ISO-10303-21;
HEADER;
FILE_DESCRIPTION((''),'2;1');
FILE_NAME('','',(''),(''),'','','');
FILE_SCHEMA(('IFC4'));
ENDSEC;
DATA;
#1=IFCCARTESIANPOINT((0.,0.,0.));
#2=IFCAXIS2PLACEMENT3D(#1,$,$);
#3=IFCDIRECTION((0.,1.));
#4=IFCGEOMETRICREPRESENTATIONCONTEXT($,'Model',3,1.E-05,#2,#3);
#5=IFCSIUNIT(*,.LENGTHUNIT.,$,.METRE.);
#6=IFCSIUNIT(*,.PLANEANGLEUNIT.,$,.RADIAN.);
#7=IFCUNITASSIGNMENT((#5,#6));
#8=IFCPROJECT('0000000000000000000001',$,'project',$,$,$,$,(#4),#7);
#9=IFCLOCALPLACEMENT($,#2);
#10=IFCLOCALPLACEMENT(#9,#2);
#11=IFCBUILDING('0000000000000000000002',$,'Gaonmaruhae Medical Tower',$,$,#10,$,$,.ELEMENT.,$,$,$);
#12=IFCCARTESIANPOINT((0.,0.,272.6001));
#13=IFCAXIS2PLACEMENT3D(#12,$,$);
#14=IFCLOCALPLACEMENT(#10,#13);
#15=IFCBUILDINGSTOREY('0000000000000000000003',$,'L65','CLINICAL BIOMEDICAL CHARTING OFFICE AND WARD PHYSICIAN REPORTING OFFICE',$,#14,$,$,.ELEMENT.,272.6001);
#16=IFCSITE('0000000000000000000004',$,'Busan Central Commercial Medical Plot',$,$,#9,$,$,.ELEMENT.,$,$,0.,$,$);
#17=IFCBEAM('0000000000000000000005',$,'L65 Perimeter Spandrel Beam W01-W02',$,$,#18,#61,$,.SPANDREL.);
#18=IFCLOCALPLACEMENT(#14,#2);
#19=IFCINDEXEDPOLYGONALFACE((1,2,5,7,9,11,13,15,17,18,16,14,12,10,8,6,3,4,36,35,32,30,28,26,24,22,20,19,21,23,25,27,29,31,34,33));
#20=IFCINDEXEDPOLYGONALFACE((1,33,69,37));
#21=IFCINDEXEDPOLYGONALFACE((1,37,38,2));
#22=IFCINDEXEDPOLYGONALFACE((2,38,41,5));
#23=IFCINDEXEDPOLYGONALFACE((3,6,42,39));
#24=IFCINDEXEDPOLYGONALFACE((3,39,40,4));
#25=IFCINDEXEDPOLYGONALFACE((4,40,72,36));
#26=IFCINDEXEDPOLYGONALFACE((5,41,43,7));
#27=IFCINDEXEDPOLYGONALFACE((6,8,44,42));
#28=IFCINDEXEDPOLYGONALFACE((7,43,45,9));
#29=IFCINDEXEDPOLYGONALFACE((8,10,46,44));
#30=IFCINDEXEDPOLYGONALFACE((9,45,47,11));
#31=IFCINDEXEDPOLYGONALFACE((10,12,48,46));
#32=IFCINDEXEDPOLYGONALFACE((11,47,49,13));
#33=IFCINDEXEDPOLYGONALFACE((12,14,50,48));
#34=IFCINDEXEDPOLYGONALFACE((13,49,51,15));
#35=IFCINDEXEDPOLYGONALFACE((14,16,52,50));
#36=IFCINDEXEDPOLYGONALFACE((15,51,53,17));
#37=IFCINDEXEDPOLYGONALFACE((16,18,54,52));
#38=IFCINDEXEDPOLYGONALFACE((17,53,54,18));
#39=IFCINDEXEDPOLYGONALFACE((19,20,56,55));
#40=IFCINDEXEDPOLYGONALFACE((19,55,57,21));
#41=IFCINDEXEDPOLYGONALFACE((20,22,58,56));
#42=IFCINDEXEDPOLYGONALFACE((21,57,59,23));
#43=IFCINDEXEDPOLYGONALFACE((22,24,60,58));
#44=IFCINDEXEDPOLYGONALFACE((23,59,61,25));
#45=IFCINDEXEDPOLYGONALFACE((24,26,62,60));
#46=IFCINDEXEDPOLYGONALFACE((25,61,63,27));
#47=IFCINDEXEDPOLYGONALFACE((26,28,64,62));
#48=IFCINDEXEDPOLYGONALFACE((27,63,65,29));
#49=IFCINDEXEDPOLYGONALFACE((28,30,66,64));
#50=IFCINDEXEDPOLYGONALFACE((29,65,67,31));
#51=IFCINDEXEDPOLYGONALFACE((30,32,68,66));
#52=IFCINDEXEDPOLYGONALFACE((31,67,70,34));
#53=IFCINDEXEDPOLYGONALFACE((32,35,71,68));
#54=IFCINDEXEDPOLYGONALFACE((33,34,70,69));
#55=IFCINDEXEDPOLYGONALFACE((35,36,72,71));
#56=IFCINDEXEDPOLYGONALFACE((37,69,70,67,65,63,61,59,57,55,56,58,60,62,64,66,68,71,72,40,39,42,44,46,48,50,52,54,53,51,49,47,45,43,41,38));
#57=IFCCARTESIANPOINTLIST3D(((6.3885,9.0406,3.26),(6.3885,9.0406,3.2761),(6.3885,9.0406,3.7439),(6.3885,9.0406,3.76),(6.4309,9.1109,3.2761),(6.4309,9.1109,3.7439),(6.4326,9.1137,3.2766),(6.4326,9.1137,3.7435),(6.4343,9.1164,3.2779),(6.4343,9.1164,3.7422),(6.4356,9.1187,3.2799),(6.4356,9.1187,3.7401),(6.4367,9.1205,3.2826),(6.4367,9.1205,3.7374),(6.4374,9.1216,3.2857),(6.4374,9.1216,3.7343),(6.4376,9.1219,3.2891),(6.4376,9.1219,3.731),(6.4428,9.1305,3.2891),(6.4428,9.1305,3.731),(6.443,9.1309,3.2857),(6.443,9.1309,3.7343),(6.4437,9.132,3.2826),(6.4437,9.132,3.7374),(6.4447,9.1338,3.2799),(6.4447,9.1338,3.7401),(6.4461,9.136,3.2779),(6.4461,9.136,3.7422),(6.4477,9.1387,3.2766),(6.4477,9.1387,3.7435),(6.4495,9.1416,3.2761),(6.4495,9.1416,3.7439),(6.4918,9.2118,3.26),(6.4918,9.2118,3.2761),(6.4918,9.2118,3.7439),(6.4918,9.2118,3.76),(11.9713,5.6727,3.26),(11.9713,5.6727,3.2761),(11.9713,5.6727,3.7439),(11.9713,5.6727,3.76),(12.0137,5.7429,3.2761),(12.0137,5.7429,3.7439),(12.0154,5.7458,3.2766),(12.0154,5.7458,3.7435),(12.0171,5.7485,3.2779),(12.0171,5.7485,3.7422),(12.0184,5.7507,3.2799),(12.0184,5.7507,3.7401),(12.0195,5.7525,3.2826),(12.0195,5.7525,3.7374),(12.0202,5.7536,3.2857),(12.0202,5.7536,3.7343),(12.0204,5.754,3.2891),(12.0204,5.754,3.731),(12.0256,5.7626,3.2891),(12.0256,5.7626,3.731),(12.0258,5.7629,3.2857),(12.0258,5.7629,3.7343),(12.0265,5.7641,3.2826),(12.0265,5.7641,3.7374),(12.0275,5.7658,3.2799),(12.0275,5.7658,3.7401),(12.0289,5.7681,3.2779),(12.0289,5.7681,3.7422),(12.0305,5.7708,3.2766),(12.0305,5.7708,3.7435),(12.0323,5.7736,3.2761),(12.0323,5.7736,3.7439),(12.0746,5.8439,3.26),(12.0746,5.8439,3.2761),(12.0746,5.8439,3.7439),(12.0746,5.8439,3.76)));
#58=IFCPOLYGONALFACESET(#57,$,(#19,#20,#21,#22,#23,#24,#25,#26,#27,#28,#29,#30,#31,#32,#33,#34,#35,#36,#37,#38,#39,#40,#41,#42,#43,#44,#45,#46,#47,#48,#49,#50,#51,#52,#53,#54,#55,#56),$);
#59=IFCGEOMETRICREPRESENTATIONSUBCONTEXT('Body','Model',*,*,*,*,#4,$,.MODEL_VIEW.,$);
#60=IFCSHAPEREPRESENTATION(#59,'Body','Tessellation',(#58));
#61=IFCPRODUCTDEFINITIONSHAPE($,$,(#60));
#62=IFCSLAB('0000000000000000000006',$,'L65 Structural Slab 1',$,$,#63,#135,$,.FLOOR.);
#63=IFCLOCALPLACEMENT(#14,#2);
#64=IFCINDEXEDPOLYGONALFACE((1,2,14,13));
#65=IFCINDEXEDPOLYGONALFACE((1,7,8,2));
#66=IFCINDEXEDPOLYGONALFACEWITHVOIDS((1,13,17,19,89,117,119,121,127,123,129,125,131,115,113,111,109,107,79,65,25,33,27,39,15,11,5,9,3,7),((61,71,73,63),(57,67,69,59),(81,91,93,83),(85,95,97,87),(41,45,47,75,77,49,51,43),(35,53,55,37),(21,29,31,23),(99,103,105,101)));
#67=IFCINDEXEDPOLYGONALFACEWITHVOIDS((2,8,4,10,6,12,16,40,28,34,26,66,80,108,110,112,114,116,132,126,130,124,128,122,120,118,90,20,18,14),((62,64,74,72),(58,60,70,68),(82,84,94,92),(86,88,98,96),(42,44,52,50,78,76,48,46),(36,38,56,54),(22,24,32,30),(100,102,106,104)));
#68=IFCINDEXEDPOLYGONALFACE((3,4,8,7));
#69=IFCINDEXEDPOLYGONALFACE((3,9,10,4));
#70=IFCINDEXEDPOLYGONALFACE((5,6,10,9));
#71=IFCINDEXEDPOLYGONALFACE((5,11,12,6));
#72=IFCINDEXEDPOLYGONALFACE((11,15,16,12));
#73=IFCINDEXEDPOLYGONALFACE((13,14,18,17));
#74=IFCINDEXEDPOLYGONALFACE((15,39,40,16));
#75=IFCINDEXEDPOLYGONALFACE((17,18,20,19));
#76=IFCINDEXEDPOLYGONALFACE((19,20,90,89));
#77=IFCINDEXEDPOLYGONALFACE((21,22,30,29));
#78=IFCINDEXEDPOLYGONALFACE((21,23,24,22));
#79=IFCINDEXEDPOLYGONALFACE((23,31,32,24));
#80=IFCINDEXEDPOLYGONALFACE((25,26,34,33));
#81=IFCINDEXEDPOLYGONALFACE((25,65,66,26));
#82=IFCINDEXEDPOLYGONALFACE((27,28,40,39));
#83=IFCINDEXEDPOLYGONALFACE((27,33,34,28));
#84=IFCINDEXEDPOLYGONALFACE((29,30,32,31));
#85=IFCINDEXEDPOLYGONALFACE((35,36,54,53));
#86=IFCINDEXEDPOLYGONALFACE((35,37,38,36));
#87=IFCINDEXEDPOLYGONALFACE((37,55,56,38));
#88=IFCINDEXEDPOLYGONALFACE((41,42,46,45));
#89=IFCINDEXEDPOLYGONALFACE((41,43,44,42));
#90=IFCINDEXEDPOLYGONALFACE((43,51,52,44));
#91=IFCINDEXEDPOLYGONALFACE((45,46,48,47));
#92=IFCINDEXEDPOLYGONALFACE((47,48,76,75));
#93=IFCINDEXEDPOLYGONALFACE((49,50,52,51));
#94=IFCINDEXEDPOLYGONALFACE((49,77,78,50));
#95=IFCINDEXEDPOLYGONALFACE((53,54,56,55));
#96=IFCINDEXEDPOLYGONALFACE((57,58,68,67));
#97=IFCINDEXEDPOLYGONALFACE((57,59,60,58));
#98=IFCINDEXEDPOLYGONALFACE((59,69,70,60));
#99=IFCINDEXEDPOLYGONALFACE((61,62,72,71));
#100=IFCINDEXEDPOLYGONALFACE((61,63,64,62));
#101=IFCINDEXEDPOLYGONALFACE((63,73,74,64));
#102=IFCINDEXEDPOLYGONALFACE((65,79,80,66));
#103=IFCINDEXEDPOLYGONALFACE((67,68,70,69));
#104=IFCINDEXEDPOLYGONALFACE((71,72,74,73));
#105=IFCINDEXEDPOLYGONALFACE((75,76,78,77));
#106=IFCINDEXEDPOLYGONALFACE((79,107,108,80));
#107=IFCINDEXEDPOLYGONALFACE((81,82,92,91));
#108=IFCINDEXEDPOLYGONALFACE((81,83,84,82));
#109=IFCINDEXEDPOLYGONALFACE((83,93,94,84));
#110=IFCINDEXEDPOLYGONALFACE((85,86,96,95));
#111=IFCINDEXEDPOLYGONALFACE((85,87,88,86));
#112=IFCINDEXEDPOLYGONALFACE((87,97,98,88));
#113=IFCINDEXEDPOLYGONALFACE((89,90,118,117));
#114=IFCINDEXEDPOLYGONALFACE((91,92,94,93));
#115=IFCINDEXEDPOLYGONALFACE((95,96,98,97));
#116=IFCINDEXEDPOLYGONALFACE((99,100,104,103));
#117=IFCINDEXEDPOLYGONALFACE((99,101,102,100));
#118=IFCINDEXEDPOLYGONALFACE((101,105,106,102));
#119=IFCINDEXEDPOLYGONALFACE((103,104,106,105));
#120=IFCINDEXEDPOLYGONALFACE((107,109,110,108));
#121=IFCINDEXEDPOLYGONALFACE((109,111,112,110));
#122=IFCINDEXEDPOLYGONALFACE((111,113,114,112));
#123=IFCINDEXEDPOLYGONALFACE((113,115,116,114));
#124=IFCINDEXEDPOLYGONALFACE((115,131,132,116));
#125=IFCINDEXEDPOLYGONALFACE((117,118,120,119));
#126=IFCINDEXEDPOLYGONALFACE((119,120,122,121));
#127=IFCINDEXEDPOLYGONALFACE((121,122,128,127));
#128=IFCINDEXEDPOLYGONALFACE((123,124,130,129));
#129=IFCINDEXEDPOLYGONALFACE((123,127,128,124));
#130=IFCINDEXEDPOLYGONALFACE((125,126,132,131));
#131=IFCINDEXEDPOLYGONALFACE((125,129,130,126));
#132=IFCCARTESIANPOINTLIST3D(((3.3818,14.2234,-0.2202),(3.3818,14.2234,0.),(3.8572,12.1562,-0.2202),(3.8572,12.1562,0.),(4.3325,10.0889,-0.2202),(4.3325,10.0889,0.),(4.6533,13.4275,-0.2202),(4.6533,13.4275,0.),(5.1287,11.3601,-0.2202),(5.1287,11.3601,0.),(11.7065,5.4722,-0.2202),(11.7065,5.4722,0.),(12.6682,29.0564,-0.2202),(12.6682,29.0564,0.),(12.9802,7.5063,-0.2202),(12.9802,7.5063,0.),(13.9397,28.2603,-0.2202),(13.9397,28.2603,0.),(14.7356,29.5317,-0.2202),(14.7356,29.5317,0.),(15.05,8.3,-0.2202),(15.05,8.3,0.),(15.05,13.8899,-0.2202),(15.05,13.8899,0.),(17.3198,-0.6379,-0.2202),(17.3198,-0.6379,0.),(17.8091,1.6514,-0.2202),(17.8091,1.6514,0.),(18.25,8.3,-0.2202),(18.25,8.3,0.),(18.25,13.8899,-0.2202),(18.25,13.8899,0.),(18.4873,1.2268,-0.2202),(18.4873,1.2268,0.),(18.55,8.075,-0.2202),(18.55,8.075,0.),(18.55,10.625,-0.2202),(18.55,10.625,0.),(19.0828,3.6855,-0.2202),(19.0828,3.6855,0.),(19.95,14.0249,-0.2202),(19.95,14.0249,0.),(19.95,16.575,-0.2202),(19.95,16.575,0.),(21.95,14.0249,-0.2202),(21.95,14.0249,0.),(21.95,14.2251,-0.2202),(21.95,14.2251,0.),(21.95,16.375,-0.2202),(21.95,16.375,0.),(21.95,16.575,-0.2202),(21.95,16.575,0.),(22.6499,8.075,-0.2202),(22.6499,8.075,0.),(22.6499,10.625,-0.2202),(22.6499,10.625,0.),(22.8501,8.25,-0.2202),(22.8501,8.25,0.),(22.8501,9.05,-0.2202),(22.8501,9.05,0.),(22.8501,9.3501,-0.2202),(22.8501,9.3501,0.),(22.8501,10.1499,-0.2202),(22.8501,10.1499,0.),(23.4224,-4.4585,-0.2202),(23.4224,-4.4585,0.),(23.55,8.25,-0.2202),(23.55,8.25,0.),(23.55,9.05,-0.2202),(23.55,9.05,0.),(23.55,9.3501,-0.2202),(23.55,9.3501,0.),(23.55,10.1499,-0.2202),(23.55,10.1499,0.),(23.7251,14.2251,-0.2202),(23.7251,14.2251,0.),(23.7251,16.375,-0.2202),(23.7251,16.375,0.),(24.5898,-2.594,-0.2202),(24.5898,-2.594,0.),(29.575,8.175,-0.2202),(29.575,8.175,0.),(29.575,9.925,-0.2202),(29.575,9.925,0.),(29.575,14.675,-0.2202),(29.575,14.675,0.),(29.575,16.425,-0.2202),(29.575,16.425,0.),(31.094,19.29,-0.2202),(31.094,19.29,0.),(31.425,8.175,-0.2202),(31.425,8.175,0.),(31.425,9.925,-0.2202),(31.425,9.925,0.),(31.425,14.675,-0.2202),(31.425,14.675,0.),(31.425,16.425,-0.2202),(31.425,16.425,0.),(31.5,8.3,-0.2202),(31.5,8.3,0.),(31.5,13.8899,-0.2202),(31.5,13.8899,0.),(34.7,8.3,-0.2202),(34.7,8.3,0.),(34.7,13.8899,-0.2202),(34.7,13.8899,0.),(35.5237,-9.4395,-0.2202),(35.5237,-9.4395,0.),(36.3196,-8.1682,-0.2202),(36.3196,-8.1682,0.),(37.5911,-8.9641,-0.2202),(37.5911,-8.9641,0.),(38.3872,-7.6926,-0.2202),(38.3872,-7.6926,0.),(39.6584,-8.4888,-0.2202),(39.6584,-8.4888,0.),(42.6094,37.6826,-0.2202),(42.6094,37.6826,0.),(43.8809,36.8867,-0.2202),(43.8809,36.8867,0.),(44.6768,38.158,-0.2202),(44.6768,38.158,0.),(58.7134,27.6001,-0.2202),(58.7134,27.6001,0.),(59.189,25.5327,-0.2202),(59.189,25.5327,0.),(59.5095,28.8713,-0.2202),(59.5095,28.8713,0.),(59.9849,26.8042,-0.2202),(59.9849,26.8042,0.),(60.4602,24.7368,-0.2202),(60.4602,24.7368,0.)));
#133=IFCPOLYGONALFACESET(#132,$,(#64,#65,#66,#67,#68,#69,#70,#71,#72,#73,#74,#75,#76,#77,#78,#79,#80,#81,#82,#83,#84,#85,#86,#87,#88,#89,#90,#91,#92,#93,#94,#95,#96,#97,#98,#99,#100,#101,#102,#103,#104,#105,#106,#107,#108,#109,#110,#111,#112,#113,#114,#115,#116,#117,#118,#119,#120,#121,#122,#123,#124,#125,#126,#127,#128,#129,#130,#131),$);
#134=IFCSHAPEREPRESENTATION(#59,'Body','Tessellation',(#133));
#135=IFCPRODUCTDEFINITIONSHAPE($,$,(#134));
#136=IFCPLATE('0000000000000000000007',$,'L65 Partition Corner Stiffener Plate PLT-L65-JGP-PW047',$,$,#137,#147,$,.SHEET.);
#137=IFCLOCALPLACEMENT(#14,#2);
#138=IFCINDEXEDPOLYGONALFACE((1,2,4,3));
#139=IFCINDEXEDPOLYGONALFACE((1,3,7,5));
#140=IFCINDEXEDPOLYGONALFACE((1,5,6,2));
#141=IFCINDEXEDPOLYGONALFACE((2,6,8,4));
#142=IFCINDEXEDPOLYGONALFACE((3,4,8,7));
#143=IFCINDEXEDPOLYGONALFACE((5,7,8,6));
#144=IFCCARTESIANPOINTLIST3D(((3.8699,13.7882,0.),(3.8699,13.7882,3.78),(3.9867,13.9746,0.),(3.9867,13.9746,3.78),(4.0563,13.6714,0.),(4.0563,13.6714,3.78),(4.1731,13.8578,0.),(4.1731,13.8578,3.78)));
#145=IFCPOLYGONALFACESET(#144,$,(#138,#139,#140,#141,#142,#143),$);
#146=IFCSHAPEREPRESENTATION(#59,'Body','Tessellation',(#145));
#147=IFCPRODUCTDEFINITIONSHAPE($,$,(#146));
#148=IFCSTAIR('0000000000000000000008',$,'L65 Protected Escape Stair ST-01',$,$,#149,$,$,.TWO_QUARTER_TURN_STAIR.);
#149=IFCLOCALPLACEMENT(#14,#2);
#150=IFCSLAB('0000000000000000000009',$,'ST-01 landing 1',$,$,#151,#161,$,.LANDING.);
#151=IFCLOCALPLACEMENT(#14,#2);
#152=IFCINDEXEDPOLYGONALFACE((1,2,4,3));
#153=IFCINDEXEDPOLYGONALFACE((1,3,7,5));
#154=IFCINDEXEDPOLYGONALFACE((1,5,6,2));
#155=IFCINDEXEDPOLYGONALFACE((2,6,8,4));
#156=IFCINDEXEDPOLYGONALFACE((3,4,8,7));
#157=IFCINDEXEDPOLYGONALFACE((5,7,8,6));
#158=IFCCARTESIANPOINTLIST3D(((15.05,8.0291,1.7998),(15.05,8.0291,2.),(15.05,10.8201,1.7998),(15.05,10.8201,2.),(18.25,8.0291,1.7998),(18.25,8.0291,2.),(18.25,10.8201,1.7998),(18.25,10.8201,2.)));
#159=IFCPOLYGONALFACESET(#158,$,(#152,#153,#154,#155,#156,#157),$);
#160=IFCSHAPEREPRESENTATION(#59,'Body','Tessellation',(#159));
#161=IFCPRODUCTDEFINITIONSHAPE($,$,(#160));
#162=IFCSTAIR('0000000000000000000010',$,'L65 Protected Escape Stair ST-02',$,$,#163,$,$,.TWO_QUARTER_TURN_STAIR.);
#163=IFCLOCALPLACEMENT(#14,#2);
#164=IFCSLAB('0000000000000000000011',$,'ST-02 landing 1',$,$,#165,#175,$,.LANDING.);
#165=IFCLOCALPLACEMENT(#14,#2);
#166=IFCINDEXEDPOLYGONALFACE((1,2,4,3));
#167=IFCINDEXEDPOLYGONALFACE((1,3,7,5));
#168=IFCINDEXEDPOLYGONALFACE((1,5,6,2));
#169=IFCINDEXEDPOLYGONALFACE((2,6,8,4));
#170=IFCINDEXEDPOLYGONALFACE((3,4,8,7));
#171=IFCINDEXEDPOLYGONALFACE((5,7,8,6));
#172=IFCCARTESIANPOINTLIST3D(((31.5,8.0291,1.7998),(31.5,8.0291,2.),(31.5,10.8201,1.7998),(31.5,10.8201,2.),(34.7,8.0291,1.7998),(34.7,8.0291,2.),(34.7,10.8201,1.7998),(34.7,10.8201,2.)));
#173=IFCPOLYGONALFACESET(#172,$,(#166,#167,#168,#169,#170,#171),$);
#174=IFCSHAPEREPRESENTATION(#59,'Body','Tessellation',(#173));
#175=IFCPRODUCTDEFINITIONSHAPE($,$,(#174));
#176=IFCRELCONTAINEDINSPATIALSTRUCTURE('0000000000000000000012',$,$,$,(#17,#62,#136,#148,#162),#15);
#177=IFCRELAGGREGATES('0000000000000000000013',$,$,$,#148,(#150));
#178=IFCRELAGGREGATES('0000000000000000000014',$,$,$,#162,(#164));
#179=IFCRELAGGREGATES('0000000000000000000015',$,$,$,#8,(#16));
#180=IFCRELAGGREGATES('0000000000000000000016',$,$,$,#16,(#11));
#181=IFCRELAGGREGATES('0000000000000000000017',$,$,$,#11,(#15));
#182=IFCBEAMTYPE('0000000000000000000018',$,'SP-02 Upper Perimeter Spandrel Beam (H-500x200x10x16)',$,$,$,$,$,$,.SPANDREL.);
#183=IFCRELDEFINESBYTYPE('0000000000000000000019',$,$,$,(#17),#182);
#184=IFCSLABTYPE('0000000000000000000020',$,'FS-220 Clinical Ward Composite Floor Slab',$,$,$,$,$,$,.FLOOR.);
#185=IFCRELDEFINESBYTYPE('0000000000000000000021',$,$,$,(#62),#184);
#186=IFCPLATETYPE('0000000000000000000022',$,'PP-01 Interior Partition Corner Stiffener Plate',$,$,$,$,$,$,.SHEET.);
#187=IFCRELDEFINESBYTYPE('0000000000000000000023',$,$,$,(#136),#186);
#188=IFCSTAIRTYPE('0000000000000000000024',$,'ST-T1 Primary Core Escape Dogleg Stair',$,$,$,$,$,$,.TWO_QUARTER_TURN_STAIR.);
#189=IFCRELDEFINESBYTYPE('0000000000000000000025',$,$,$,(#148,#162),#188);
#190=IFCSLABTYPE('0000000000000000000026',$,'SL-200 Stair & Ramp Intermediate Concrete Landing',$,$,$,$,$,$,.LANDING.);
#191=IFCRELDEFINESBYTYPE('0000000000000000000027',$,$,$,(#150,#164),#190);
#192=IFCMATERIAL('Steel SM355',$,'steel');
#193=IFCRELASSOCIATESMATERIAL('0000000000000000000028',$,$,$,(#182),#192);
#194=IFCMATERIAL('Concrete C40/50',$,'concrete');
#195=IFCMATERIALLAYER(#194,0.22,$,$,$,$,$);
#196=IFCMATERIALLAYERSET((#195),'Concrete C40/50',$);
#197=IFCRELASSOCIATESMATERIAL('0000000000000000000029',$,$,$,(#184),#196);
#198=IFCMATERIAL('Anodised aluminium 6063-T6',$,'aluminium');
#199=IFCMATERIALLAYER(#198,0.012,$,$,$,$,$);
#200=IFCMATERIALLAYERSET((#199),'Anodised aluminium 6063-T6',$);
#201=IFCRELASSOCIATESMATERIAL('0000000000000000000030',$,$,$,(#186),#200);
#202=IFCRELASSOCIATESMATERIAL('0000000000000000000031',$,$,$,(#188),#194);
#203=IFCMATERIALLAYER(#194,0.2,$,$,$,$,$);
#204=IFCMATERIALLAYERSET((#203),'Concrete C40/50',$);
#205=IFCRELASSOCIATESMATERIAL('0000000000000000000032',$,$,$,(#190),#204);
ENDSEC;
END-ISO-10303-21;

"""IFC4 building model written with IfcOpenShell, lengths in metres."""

from ifc_helpers import new_model, si_unit, direction, frame, origin, origin_2d, place, context, subcontext, project, spatial, polyline, rectangle, i_section, outline, extrude, material, layer, layer_set, material_profile, profile_set, type_object, element, aggregate, save


model = new_model("IFC4")

# Units and contexts
model_context = context("Model", 3, precision=1e-05, world=origin(), true_north=direction((0.0, 1.0)))
body_context = subcontext(model_context, "Body", "Model", "MODEL_VIEW")
ifc_project = project(units=[si_unit("LENGTHUNIT", "METRE"), si_unit("PLANEANGLEUNIT", "RADIAN")], contexts=[model_context])

# Site, building, storey
site_placement = place(None, origin())
site = spatial("IfcSite", under=ifc_project, at=site_placement, Name="Busan Central Commercial Medical Plot", CompositionType="ELEMENT", RefElevation=0.0)
building_placement = place(site_placement, origin())
building = spatial("IfcBuilding", under=site, at=building_placement, Name="Gaonmaruhae Medical Tower", CompositionType="ELEMENT")
storey_placement = place(building_placement, frame((0.0, 0.0, 272.6001)))
storey = spatial("IfcBuildingStorey", under=building, at=storey_placement, Name="L65", Description="CLINICAL BIOMEDICAL CHARTING OFFICE AND WARD PHYSICIAN REPORTING OFFICE", CompositionType="ELEMENT", Elevation=272.6001)

# Beam
ifc_material_1 = material(Name="Steel SM355", Category="steel")
ifc_material_profile_1 = material_profile(ifc_material_1, i_section(OverallWidth=0.2, OverallDepth=0.5, WebThickness=0.01, FlangeThickness=0.0161, FilletRadius=0.0129, at=origin_2d()), Name="H-500x200x10x16")
ifc_profile_set_1 = profile_set([ifc_material_profile_1], Name="Steel SM355")
beam_type_1 = type_object("IfcBeamType", Name="SP-02 Upper Perimeter Spandrel Beam (H-500x200x10x16)", PredefinedType="SPANDREL", material=ifc_profile_set_1)
beam_1_placement = place(storey_placement, frame((6.4402, 9.1262, 3.51), z_axis=(0.856255, -0.516554, 0.0), x_axis=(0.516554, 0.856255, 0.0)))
element("IfcBeam", 1, at=beam_1_placement, inside=storey, type_object=beam_type_1, Name="L65 Perimeter Spandrel Beam W01-W02", PredefinedType="SPANDREL", context=body_context, shape_type="SweptSolid", body=[
    extrude(i_section(OverallWidth=0.2, OverallDepth=0.5, WebThickness=0.01, FlangeThickness=0.0161, FilletRadius=0.0129, at=origin_2d()), origin(), (0.0, 0.0, 1.0), 6.52),
])

# Slab
ifc_material_2 = material(Name="Concrete C40/50", Category="concrete")
ifc_layer_1 = layer(ifc_material_2, 0.22)
ifc_layer_set_1 = layer_set([ifc_layer_1], Name="Concrete C40/50")
slab_type_1 = type_object("IfcSlabType", Name="FS-220 Clinical Ward Composite Floor Slab", PredefinedType="FLOOR", material=ifc_layer_set_1)
slab_1_placement = place(storey_placement, frame((0.0, 0.0, -0.2202)))
element("IfcSlab", 2, at=slab_1_placement, inside=storey, type_object=slab_type_1, Name="L65 Structural Slab 1", PredefinedType="FLOOR", context=body_context, shape_type="SweptSolid", body=[
    extrude(outline(polyline([(5.1287, 11.3601), (3.8572, 12.1562), (4.6533, 13.4275), (3.3818, 14.2234), (12.6682, 29.0564), (13.9397, 28.2603), (14.7356, 29.5317), (31.094, 19.29), (42.6094, 37.6826), (43.8809, 36.8867), (44.6768, 38.158), (59.5095, 28.8713), (58.7134, 27.6001), (59.9849, 26.8042), (59.189, 25.5327), (60.4602, 24.7368), (39.6584, -8.4888), (38.3872, -7.6926), (37.5911, -8.9641), (36.3196, -8.1682), (35.5237, -9.4395), (24.5898, -2.594), (23.4224, -4.4585), (17.3198, -0.6379), (18.4873, 1.2268), (17.8091, 1.6514), (19.0828, 3.6855), (12.9802, 7.5063), (11.7065, 5.4722), (4.3325, 10.0889), (5.1287, 11.3601)]), holes=[polyline([(23.55, 8.25), (22.8501, 8.25), (22.8501, 9.05), (23.55, 9.05), (23.55, 8.25)]), polyline([(29.575, 9.925), (31.425, 9.925), (31.425, 8.175), (29.575, 8.175), (29.575, 9.925)]), polyline([(18.55, 10.625), (22.6499, 10.625), (22.6499, 8.075), (18.55, 8.075), (18.55, 10.625)]), polyline([(23.55, 9.3501), (22.8501, 9.3501), (22.8501, 10.1499), (23.55, 10.1499), (23.55, 9.3501)]), polyline([(15.05, 13.8899), (18.25, 13.8899), (18.25, 8.3), (15.05, 8.3), (15.05, 13.8899)]), polyline([(31.5, 13.8899), (34.7, 13.8899), (34.7, 8.3), (31.5, 8.3), (31.5, 13.8899)]), polyline([(23.7251, 14.2251), (21.95, 14.2251), (21.95, 14.0249), (19.95, 14.0249), (19.95, 16.575), (21.95, 16.575), (21.95, 16.375), (23.7251, 16.375), (23.7251, 14.2251)]), polyline([(31.425, 16.425), (31.425, 14.675), (29.575, 14.675), (29.575, 16.425), (31.425, 16.425)])]), origin(), (0.0, 0.0, 1.0), 0.2202),
])

# Plate
ifc_material_3 = material(Name="Anodised aluminium 6063-T6", Category="aluminium")
ifc_layer_2 = layer(ifc_material_3, 0.012)
ifc_layer_set_2 = layer_set([ifc_layer_2], Name="Anodised aluminium 6063-T6")
plate_type = type_object("IfcPlateType", Name="PP-01 Interior Partition Corner Stiffener Plate", PredefinedType="SHEET", material=ifc_layer_set_2)
plate_placement = place(storey_placement, frame((4.0215, 13.823, 0.0), z_axis=(0.0, 0.0, 1.0), x_axis=(-0.847326, 0.531073, 0.0)))
element("IfcPlate", 3, at=plate_placement, inside=storey, type_object=plate_type, Name="L65 Partition Corner Stiffener Plate PLT-L65-JGP-PW047", PredefinedType="SHEET", context=body_context, shape_type="SweptSolid", body=[
    extrude(rectangle(XDim=0.22, YDim=0.22, at=origin_2d()), origin(), (0.0, 0.0, 1.0), 3.78),
])

# Stairs, slabs
stair_type = type_object("IfcStairType", Name="ST-T1 Primary Core Escape Dogleg Stair", PredefinedType="TWO_QUARTER_TURN_STAIR", material=ifc_material_2)
stair_1_placement = place(storey_placement, origin())
stair_1 = element("IfcStair", 4, at=stair_1_placement, inside=storey, type_object=stair_type, Name="L65 Protected Escape Stair ST-01", PredefinedType="TWO_QUARTER_TURN_STAIR")
ifc_layer_3 = layer(ifc_material_2, 0.2)
ifc_layer_set_3 = layer_set([ifc_layer_3], Name="Concrete C40/50")
slab_type_2 = type_object("IfcSlabType", Name="SL-200 Stair & Ramp Intermediate Concrete Landing", PredefinedType="LANDING", material=ifc_layer_set_3)
slab_2_placement = place(storey_placement, frame((0.0, 0.0, 1.7998)))
slab_2 = element("IfcSlab", 5, at=slab_2_placement, type_object=slab_type_2, Name="ST-01 landing 1", PredefinedType="LANDING", context=body_context, shape_type="SweptSolid", body=[
    extrude(outline(polyline([(15.05, 10.8201), (15.05, 8.0291), (18.25, 8.0291), (18.25, 10.8201), (15.05, 10.8201)])), origin(), (0.0, 0.0, 1.0), 0.2002),
])
aggregate(stair_1, [slab_2])
stair_2_placement = place(storey_placement, origin())
stair_2 = element("IfcStair", 6, at=stair_2_placement, inside=storey, type_object=stair_type, Name="L65 Protected Escape Stair ST-02", PredefinedType="TWO_QUARTER_TURN_STAIR")
slab_3_placement = place(storey_placement, frame((0.0, 0.0, 1.7998)))
slab_3 = element("IfcSlab", 7, at=slab_3_placement, type_object=slab_type_2, Name="ST-02 landing 1", PredefinedType="LANDING", context=body_context, shape_type="SweptSolid", body=[
    extrude(outline(polyline([(31.5, 10.8201), (31.5, 8.0291), (34.7, 8.0291), (34.7, 10.8201), (31.5, 10.8201)])), origin(), (0.0, 0.0, 1.0), 0.2002),
])
aggregate(stair_2, [slab_3])

save(model, "model.ifc")
